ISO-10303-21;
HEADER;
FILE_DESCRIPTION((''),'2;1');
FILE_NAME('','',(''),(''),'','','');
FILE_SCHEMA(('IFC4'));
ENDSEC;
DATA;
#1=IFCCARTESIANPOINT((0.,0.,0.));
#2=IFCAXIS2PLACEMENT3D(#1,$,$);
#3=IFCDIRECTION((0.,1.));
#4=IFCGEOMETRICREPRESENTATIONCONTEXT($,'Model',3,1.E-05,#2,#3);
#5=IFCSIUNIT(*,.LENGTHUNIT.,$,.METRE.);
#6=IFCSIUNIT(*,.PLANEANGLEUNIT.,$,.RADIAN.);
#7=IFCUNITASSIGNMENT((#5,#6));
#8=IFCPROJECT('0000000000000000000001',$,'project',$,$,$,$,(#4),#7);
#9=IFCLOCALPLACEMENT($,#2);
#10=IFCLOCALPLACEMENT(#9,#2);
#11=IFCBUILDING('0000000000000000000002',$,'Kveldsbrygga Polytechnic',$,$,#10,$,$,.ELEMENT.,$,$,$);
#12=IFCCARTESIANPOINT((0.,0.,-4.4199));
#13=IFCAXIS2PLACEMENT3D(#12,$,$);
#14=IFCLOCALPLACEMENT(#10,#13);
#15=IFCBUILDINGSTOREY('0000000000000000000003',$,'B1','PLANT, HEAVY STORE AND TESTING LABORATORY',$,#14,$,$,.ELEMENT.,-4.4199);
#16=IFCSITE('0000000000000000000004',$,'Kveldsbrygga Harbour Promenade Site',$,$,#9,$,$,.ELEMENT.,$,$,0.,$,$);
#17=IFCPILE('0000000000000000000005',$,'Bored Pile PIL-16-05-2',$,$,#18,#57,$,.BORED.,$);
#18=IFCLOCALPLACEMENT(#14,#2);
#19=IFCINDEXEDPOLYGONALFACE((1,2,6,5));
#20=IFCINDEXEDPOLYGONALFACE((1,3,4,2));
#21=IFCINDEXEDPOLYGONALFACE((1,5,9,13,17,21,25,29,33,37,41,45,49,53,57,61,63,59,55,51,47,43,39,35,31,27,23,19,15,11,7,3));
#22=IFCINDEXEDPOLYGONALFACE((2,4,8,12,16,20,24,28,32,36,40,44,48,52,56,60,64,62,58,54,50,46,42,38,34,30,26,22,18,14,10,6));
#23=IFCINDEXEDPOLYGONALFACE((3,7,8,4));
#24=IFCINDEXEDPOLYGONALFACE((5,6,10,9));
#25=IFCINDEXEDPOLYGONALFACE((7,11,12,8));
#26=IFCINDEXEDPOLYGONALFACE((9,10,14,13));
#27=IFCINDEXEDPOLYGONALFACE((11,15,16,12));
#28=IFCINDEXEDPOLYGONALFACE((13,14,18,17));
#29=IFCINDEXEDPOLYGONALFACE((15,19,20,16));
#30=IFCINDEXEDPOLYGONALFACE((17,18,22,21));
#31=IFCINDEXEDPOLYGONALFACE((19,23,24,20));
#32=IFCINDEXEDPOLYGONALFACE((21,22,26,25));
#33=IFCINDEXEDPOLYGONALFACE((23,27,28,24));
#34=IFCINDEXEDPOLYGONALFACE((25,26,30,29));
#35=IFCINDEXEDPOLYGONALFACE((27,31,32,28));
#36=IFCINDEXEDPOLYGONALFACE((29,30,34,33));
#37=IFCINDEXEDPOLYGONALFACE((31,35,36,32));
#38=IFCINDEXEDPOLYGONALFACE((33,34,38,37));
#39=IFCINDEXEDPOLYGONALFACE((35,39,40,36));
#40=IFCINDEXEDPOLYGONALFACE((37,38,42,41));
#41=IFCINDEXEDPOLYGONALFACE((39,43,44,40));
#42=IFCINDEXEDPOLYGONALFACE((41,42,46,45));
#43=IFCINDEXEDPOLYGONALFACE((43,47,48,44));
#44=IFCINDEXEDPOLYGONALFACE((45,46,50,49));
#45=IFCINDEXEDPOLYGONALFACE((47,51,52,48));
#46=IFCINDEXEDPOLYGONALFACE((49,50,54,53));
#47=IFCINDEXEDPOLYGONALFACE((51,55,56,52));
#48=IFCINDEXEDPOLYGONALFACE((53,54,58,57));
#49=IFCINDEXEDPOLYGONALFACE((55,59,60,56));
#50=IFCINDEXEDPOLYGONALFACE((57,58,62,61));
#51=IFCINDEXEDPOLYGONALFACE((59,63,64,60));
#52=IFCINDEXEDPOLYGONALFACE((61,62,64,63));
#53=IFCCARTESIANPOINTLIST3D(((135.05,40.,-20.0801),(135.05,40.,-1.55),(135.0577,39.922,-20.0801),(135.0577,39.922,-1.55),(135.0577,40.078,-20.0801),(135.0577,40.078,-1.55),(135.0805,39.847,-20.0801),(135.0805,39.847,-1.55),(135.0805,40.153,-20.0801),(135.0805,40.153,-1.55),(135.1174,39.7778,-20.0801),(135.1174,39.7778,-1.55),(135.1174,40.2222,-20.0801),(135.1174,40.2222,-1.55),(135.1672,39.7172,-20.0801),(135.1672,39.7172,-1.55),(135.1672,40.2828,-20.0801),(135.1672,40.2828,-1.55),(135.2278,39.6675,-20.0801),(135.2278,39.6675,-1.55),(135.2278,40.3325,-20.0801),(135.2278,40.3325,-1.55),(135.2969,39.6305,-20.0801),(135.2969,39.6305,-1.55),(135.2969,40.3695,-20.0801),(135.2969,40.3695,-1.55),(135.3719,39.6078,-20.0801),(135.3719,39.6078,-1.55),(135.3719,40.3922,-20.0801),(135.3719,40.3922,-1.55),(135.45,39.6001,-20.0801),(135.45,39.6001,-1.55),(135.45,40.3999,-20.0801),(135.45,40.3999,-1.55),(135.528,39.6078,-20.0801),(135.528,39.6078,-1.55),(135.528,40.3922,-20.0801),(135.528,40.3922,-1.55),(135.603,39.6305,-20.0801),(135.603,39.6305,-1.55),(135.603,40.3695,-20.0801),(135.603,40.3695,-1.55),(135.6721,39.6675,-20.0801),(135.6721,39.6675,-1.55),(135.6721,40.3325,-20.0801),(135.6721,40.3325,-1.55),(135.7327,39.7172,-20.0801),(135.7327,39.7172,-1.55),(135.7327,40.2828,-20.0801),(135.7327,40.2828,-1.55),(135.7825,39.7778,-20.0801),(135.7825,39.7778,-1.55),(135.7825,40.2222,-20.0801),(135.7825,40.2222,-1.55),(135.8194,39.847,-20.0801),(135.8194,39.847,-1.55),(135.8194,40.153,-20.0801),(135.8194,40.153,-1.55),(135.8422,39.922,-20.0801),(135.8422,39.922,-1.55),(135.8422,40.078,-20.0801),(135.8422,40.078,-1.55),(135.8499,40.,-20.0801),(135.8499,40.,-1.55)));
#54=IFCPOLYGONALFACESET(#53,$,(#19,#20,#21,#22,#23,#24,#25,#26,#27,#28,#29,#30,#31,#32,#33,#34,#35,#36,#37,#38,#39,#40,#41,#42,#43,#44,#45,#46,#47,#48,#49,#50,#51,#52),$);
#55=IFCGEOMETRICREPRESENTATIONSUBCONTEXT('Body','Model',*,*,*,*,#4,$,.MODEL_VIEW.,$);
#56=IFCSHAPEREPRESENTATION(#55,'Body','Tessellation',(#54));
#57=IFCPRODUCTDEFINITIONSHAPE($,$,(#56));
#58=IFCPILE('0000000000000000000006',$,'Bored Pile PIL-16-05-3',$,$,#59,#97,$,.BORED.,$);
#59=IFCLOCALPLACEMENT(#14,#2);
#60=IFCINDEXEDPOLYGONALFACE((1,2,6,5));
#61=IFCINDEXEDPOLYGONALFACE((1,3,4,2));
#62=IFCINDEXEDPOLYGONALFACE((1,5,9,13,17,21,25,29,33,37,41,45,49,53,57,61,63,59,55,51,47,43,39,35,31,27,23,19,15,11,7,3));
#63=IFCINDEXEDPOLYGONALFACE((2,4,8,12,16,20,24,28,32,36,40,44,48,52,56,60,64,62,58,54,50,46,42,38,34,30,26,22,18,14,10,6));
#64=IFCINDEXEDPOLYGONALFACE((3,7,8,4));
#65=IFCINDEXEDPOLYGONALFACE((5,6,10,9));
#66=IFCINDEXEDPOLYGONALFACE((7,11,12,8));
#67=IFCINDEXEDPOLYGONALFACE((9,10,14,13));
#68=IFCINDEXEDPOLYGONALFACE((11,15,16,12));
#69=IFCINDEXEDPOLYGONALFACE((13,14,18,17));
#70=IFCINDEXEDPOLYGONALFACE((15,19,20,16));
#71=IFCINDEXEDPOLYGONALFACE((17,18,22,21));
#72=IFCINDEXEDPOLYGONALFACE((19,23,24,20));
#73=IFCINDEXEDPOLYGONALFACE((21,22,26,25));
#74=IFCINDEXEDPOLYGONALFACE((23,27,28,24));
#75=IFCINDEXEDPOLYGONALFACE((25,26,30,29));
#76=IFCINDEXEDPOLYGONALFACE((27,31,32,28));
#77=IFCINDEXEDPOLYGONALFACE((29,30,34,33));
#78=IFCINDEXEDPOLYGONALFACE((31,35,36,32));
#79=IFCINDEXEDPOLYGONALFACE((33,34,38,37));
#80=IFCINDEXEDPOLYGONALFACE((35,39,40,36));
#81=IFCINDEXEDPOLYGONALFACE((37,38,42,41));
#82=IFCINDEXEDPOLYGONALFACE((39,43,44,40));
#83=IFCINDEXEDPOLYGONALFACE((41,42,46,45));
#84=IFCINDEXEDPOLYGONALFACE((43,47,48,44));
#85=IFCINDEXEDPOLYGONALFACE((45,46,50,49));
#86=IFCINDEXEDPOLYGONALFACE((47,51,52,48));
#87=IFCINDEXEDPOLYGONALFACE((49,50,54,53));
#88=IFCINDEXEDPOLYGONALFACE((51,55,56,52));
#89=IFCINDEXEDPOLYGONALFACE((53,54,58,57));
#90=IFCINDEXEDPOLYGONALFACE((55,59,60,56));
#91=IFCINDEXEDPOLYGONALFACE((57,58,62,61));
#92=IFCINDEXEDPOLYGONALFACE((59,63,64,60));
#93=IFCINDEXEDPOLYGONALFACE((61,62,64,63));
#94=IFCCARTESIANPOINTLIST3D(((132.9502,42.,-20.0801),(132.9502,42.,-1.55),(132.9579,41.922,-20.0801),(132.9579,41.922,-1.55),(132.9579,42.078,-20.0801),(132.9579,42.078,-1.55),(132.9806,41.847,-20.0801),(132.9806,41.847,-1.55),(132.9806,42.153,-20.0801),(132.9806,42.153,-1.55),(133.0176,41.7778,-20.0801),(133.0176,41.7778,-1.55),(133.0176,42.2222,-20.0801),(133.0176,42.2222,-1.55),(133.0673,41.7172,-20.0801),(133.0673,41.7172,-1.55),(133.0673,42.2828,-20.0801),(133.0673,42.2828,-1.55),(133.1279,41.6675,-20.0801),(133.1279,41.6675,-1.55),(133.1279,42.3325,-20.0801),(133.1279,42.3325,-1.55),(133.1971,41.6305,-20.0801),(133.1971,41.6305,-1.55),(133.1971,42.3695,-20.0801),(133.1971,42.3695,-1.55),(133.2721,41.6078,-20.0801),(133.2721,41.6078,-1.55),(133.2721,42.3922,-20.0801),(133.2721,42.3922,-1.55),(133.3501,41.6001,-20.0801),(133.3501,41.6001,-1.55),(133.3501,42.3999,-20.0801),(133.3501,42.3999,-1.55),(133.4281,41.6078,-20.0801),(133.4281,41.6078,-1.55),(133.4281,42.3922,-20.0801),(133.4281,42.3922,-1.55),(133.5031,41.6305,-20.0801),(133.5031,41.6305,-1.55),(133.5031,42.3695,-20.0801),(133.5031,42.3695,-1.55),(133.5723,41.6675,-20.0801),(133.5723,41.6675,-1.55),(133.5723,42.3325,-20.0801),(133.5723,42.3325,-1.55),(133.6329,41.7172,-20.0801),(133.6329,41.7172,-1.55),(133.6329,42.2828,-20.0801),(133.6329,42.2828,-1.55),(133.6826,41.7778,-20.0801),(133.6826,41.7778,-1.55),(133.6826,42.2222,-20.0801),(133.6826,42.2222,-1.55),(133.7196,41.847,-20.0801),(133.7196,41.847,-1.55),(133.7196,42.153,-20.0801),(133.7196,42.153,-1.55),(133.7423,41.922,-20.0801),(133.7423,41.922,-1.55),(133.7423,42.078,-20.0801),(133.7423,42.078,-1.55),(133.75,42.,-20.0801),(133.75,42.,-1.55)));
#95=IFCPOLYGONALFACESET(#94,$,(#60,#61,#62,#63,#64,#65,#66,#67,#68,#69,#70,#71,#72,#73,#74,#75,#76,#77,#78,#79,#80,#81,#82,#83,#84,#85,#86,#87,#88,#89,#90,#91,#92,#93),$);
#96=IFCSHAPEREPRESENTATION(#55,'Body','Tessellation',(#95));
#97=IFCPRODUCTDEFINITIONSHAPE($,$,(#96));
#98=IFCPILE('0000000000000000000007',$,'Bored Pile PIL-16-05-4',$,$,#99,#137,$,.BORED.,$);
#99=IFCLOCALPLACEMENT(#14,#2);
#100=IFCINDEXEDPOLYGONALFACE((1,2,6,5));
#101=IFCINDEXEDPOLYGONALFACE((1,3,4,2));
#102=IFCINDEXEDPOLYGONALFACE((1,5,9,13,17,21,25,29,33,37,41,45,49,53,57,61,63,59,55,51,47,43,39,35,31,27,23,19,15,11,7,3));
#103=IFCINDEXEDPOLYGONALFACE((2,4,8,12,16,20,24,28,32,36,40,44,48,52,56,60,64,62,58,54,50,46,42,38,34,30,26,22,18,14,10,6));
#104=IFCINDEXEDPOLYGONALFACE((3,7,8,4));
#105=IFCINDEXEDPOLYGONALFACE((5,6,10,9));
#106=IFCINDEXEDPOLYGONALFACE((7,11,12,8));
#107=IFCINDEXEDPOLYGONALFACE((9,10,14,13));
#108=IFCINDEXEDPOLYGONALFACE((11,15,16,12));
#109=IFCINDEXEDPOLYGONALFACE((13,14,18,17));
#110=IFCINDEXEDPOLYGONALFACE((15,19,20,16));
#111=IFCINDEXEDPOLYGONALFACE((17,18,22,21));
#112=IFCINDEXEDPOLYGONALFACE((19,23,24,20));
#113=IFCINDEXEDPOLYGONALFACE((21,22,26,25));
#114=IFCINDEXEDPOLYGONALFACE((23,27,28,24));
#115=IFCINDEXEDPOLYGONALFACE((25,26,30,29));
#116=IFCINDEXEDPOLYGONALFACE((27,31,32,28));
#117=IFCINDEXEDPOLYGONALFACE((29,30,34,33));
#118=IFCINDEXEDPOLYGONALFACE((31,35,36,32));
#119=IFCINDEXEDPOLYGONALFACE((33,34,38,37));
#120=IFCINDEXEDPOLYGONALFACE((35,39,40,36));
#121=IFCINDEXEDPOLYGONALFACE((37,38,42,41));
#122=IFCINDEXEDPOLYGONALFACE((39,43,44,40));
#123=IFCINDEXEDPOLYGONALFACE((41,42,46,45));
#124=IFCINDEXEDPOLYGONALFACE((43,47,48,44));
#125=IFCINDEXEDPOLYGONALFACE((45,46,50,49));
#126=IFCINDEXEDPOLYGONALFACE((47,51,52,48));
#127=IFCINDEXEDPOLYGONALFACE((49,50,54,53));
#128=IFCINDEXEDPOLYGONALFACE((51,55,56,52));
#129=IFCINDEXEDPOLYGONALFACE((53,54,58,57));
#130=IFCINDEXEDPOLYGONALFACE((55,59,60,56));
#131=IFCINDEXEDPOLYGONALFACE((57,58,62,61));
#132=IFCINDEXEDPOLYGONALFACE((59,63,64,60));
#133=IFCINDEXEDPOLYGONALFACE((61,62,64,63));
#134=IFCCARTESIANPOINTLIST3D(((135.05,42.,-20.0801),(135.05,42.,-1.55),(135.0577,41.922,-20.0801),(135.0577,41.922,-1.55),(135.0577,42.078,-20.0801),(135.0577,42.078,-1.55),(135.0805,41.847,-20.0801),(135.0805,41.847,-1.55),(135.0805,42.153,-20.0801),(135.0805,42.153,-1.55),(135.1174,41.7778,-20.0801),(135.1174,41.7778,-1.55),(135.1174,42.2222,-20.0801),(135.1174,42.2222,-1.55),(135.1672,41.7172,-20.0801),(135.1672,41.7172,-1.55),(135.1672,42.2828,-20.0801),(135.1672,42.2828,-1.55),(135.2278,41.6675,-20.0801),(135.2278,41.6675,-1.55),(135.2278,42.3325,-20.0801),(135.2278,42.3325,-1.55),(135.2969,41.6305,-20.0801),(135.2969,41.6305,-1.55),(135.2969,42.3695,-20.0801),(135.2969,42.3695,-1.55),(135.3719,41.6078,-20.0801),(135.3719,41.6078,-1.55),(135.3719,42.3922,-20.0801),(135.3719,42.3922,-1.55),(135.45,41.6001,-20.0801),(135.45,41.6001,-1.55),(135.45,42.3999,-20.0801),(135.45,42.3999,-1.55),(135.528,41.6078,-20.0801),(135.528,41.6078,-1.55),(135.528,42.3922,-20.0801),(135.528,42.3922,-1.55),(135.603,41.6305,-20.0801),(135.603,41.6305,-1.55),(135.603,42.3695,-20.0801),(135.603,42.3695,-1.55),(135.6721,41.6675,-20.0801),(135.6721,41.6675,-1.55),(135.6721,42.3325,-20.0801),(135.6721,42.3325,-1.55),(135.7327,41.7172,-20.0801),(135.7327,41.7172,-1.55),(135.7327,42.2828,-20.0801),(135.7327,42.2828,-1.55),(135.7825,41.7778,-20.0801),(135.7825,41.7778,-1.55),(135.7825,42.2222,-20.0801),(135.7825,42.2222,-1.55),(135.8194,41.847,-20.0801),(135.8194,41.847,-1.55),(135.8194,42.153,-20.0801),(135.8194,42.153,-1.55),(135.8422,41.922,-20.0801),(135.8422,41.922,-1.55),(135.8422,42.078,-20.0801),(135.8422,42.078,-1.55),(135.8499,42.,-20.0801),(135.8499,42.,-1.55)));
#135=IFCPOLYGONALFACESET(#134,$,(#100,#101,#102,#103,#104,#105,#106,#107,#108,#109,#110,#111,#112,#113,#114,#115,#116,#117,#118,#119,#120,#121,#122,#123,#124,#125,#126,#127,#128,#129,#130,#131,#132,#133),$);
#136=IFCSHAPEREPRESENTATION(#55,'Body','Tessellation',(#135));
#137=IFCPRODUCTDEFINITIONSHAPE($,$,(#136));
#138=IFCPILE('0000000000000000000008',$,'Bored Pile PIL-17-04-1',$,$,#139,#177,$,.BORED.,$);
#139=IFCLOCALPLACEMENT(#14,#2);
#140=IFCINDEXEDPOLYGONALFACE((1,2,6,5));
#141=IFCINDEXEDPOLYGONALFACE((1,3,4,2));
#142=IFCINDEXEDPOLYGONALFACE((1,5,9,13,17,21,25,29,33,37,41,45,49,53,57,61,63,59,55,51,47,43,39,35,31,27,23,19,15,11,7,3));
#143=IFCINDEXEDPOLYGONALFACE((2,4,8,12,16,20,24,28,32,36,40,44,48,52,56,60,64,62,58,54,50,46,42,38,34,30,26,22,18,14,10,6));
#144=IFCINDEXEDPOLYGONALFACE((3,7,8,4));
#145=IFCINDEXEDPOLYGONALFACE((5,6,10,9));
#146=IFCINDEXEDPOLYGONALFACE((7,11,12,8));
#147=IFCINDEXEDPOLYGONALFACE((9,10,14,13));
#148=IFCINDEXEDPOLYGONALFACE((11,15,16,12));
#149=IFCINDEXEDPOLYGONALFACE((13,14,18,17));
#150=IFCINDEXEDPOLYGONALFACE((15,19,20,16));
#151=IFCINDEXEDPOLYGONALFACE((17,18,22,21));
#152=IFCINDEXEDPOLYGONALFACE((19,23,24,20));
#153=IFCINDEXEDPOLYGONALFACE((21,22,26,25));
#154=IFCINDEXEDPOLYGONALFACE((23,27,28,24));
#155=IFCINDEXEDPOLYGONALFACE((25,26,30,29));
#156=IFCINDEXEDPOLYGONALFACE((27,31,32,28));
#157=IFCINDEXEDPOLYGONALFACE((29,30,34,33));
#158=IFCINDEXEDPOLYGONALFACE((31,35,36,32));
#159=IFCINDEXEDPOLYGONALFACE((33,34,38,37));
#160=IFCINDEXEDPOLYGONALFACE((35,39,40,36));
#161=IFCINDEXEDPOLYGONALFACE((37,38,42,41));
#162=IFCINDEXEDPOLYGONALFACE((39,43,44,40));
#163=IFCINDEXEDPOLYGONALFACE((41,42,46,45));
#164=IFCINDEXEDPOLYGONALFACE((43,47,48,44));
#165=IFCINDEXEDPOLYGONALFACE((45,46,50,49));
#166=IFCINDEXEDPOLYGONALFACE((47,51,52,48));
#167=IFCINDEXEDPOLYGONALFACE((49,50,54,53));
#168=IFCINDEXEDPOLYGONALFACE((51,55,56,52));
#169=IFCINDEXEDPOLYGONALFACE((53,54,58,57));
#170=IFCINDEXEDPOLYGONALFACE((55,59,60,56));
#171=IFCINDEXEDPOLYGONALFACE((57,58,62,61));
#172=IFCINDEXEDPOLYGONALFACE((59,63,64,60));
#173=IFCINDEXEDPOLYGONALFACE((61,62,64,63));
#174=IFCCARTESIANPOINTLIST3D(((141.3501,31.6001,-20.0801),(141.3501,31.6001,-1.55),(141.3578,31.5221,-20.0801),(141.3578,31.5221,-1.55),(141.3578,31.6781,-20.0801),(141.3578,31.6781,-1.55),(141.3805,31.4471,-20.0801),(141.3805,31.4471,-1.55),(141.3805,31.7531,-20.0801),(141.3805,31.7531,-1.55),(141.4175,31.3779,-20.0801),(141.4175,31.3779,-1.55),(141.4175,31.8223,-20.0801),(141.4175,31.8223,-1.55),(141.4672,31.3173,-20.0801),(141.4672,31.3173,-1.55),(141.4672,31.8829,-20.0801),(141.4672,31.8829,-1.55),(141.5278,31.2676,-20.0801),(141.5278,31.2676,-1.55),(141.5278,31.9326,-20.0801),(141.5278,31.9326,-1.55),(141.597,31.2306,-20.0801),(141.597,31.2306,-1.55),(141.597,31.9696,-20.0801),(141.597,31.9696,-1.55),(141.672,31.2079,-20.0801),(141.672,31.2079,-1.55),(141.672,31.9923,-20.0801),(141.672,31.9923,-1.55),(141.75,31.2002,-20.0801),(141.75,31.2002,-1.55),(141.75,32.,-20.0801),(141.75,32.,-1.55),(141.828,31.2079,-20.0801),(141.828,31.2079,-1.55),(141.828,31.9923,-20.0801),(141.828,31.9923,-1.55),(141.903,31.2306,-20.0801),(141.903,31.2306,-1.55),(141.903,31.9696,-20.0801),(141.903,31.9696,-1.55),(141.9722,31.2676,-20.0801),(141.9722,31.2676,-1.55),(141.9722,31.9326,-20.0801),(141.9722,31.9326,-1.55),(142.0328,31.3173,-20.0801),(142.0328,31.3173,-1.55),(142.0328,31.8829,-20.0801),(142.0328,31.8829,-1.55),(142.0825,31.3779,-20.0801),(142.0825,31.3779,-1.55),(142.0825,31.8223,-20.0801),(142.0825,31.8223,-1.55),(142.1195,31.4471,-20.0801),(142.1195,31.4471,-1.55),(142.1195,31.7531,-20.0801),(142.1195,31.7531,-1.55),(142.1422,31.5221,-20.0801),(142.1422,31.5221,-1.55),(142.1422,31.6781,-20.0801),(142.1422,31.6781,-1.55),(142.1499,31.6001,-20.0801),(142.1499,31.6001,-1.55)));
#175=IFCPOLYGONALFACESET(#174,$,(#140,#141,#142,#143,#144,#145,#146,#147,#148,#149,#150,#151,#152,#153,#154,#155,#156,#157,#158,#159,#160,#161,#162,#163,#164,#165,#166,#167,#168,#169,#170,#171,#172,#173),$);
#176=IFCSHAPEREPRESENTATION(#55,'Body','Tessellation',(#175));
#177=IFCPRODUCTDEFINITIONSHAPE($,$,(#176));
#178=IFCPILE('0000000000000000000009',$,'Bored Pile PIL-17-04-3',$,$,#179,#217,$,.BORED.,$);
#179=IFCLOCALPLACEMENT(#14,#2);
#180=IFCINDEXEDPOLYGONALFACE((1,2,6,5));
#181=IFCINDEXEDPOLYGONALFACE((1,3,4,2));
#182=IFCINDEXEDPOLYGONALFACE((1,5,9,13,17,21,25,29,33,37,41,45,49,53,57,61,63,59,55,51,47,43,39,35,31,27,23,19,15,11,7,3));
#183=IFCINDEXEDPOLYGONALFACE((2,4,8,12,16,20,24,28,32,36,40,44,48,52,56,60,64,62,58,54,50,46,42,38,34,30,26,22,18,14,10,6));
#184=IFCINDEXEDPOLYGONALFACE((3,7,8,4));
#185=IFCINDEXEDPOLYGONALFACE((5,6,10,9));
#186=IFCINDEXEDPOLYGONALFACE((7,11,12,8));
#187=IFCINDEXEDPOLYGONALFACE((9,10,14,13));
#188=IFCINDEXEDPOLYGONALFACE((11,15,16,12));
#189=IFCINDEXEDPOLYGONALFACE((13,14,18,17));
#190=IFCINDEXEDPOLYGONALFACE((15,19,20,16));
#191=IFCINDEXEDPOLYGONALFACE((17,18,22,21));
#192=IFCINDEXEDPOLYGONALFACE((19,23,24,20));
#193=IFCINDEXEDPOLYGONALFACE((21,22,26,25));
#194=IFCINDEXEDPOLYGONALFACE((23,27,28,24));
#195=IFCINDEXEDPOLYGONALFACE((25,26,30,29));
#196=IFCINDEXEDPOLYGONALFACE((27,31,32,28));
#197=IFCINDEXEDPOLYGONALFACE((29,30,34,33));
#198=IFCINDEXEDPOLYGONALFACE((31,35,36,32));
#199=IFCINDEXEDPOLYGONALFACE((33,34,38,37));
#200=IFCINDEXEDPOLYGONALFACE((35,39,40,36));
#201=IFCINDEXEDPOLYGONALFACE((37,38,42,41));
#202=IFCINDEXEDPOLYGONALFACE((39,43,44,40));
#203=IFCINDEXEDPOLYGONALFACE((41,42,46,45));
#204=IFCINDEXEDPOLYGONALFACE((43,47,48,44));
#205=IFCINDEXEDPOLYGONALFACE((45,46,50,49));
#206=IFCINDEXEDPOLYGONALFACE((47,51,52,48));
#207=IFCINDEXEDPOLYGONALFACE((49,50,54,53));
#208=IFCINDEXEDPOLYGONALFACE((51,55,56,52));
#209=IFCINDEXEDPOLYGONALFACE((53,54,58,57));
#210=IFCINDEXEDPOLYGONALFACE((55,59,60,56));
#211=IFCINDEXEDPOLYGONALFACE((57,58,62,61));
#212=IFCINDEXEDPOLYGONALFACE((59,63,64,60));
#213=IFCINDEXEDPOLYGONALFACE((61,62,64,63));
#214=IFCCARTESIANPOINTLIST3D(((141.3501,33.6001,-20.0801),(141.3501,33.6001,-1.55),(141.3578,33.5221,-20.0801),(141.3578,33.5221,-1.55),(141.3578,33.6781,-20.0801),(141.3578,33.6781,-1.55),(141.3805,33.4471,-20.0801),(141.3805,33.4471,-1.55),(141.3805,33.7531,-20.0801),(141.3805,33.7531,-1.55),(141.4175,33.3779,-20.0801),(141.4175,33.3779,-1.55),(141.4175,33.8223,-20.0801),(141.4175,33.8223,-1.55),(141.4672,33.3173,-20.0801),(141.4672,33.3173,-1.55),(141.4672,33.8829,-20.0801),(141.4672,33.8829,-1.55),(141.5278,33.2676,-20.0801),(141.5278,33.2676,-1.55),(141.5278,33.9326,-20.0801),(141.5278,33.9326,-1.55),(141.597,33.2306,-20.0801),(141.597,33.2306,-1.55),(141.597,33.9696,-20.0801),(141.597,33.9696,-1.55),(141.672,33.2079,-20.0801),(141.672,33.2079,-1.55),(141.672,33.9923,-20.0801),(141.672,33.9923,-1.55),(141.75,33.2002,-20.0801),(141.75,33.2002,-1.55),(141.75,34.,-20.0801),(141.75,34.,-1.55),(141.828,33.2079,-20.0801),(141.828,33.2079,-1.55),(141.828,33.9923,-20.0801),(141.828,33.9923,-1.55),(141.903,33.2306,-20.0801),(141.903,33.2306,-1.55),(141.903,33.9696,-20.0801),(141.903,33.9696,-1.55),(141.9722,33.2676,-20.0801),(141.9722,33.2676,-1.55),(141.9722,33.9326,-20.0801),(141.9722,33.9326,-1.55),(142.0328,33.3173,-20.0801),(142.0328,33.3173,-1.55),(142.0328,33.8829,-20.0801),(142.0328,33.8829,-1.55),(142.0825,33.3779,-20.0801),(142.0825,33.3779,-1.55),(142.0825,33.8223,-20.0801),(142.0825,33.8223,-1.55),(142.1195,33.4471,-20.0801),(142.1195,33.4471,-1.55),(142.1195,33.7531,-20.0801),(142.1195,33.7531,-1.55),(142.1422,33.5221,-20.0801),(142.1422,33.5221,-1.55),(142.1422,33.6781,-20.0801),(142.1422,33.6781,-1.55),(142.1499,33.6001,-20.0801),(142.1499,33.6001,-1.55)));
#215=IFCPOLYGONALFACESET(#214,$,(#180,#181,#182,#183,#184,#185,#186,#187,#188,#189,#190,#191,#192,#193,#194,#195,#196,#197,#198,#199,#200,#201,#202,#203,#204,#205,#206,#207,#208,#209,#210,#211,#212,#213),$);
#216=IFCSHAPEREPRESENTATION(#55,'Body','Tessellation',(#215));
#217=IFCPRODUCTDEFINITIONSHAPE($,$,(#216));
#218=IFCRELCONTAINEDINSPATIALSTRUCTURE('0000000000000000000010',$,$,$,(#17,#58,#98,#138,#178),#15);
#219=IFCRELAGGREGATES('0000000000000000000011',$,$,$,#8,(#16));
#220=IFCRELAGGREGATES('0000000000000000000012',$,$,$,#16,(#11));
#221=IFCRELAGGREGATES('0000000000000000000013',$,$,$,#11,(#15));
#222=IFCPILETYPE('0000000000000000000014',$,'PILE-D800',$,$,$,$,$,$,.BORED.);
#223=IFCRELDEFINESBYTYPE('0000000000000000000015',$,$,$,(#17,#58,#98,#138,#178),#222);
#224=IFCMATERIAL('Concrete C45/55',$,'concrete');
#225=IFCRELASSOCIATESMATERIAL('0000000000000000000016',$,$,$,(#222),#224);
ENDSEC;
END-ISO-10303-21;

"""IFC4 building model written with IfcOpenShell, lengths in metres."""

from ifc_helpers import new_model, si_unit, direction, frame, origin, origin_2d, place, context, subcontext, project, spatial, circle, extrude, material, material_profile, profile_set, type_object, element, save


model = new_model("IFC4")

# Units and contexts
model_context = context("Model", 3, precision=1e-05, world=origin(), true_north=direction((0.0, 1.0)))
body_context = subcontext(model_context, "Body", "Model", "MODEL_VIEW")
ifc_project = project(units=[si_unit("LENGTHUNIT", "METRE"), si_unit("PLANEANGLEUNIT", "RADIAN")], contexts=[model_context])

# Site, building, storey
site_placement = place(None, origin())
site = spatial("IfcSite", under=ifc_project, at=site_placement, Name="Kveldsbrygga Harbour Promenade Site", CompositionType="ELEMENT", RefElevation=0.0)
building_placement = place(site_placement, origin())
building = spatial("IfcBuilding", under=site, at=building_placement, Name="Kveldsbrygga Polytechnic", CompositionType="ELEMENT")
storey_placement = place(building_placement, frame((0.0, 0.0, -4.4199)))
storey = spatial("IfcBuildingStorey", under=building, at=storey_placement, Name="B1", Description="PLANT, HEAVY STORE AND TESTING LABORATORY", CompositionType="ELEMENT", Elevation=-4.4199)

# Shared definitions
ifc_material_1 = material(Name="Concrete C45/55", Category="concrete")

# Piles
ifc_material_profile_1 = material_profile(ifc_material_1, circle(Radius=0.3999, at=origin_2d()), Name="PILE D800")
ifc_profile_set_1 = profile_set([ifc_material_profile_1], Name="Concrete C45/55")
pile_type = type_object("IfcPileType", Name="PILE-D800", PredefinedType="BORED", material=ifc_profile_set_1)
for number, where, z_axis, x_axis, name in (
    (1, (135.45, 40.0, -1.55), (0.0, 0.0, -1.0), (1.0, 0.0, 0.0), "Bored Pile PIL-16-05-2"),
    (2, (133.3501, 42.0, -1.55), (0.0, 0.0, -1.0), (1.0, 0.0, 0.0), "Bored Pile PIL-16-05-3"),
    (3, (135.45, 42.0, -1.55), (0.0, 0.0, -1.0), (1.0, 0.0, 0.0), "Bored Pile PIL-16-05-4"),
    (4, (141.75, 31.6001, -1.55), (0.0, 0.0, -1.0), (1.0, 0.0, 0.0), "Bored Pile PIL-17-04-1"),
    (5, (141.75, 33.6001, -1.55), (0.0, 0.0, -1.0), (1.0, 0.0, 0.0), "Bored Pile PIL-17-04-3"),
):
    element("IfcPile", number, at=place(storey_placement, frame(where, z_axis=z_axis, x_axis=x_axis)), inside=storey, type_object=pile_type, Name=name, PredefinedType="BORED", context=body_context, shape_type="SweptSolid", body=[
        extrude(circle(Radius=0.3999, at=origin_2d()), origin(), (0.0, 0.0, 1.0), 18.53),
    ])

save(model, "model.ifc")
